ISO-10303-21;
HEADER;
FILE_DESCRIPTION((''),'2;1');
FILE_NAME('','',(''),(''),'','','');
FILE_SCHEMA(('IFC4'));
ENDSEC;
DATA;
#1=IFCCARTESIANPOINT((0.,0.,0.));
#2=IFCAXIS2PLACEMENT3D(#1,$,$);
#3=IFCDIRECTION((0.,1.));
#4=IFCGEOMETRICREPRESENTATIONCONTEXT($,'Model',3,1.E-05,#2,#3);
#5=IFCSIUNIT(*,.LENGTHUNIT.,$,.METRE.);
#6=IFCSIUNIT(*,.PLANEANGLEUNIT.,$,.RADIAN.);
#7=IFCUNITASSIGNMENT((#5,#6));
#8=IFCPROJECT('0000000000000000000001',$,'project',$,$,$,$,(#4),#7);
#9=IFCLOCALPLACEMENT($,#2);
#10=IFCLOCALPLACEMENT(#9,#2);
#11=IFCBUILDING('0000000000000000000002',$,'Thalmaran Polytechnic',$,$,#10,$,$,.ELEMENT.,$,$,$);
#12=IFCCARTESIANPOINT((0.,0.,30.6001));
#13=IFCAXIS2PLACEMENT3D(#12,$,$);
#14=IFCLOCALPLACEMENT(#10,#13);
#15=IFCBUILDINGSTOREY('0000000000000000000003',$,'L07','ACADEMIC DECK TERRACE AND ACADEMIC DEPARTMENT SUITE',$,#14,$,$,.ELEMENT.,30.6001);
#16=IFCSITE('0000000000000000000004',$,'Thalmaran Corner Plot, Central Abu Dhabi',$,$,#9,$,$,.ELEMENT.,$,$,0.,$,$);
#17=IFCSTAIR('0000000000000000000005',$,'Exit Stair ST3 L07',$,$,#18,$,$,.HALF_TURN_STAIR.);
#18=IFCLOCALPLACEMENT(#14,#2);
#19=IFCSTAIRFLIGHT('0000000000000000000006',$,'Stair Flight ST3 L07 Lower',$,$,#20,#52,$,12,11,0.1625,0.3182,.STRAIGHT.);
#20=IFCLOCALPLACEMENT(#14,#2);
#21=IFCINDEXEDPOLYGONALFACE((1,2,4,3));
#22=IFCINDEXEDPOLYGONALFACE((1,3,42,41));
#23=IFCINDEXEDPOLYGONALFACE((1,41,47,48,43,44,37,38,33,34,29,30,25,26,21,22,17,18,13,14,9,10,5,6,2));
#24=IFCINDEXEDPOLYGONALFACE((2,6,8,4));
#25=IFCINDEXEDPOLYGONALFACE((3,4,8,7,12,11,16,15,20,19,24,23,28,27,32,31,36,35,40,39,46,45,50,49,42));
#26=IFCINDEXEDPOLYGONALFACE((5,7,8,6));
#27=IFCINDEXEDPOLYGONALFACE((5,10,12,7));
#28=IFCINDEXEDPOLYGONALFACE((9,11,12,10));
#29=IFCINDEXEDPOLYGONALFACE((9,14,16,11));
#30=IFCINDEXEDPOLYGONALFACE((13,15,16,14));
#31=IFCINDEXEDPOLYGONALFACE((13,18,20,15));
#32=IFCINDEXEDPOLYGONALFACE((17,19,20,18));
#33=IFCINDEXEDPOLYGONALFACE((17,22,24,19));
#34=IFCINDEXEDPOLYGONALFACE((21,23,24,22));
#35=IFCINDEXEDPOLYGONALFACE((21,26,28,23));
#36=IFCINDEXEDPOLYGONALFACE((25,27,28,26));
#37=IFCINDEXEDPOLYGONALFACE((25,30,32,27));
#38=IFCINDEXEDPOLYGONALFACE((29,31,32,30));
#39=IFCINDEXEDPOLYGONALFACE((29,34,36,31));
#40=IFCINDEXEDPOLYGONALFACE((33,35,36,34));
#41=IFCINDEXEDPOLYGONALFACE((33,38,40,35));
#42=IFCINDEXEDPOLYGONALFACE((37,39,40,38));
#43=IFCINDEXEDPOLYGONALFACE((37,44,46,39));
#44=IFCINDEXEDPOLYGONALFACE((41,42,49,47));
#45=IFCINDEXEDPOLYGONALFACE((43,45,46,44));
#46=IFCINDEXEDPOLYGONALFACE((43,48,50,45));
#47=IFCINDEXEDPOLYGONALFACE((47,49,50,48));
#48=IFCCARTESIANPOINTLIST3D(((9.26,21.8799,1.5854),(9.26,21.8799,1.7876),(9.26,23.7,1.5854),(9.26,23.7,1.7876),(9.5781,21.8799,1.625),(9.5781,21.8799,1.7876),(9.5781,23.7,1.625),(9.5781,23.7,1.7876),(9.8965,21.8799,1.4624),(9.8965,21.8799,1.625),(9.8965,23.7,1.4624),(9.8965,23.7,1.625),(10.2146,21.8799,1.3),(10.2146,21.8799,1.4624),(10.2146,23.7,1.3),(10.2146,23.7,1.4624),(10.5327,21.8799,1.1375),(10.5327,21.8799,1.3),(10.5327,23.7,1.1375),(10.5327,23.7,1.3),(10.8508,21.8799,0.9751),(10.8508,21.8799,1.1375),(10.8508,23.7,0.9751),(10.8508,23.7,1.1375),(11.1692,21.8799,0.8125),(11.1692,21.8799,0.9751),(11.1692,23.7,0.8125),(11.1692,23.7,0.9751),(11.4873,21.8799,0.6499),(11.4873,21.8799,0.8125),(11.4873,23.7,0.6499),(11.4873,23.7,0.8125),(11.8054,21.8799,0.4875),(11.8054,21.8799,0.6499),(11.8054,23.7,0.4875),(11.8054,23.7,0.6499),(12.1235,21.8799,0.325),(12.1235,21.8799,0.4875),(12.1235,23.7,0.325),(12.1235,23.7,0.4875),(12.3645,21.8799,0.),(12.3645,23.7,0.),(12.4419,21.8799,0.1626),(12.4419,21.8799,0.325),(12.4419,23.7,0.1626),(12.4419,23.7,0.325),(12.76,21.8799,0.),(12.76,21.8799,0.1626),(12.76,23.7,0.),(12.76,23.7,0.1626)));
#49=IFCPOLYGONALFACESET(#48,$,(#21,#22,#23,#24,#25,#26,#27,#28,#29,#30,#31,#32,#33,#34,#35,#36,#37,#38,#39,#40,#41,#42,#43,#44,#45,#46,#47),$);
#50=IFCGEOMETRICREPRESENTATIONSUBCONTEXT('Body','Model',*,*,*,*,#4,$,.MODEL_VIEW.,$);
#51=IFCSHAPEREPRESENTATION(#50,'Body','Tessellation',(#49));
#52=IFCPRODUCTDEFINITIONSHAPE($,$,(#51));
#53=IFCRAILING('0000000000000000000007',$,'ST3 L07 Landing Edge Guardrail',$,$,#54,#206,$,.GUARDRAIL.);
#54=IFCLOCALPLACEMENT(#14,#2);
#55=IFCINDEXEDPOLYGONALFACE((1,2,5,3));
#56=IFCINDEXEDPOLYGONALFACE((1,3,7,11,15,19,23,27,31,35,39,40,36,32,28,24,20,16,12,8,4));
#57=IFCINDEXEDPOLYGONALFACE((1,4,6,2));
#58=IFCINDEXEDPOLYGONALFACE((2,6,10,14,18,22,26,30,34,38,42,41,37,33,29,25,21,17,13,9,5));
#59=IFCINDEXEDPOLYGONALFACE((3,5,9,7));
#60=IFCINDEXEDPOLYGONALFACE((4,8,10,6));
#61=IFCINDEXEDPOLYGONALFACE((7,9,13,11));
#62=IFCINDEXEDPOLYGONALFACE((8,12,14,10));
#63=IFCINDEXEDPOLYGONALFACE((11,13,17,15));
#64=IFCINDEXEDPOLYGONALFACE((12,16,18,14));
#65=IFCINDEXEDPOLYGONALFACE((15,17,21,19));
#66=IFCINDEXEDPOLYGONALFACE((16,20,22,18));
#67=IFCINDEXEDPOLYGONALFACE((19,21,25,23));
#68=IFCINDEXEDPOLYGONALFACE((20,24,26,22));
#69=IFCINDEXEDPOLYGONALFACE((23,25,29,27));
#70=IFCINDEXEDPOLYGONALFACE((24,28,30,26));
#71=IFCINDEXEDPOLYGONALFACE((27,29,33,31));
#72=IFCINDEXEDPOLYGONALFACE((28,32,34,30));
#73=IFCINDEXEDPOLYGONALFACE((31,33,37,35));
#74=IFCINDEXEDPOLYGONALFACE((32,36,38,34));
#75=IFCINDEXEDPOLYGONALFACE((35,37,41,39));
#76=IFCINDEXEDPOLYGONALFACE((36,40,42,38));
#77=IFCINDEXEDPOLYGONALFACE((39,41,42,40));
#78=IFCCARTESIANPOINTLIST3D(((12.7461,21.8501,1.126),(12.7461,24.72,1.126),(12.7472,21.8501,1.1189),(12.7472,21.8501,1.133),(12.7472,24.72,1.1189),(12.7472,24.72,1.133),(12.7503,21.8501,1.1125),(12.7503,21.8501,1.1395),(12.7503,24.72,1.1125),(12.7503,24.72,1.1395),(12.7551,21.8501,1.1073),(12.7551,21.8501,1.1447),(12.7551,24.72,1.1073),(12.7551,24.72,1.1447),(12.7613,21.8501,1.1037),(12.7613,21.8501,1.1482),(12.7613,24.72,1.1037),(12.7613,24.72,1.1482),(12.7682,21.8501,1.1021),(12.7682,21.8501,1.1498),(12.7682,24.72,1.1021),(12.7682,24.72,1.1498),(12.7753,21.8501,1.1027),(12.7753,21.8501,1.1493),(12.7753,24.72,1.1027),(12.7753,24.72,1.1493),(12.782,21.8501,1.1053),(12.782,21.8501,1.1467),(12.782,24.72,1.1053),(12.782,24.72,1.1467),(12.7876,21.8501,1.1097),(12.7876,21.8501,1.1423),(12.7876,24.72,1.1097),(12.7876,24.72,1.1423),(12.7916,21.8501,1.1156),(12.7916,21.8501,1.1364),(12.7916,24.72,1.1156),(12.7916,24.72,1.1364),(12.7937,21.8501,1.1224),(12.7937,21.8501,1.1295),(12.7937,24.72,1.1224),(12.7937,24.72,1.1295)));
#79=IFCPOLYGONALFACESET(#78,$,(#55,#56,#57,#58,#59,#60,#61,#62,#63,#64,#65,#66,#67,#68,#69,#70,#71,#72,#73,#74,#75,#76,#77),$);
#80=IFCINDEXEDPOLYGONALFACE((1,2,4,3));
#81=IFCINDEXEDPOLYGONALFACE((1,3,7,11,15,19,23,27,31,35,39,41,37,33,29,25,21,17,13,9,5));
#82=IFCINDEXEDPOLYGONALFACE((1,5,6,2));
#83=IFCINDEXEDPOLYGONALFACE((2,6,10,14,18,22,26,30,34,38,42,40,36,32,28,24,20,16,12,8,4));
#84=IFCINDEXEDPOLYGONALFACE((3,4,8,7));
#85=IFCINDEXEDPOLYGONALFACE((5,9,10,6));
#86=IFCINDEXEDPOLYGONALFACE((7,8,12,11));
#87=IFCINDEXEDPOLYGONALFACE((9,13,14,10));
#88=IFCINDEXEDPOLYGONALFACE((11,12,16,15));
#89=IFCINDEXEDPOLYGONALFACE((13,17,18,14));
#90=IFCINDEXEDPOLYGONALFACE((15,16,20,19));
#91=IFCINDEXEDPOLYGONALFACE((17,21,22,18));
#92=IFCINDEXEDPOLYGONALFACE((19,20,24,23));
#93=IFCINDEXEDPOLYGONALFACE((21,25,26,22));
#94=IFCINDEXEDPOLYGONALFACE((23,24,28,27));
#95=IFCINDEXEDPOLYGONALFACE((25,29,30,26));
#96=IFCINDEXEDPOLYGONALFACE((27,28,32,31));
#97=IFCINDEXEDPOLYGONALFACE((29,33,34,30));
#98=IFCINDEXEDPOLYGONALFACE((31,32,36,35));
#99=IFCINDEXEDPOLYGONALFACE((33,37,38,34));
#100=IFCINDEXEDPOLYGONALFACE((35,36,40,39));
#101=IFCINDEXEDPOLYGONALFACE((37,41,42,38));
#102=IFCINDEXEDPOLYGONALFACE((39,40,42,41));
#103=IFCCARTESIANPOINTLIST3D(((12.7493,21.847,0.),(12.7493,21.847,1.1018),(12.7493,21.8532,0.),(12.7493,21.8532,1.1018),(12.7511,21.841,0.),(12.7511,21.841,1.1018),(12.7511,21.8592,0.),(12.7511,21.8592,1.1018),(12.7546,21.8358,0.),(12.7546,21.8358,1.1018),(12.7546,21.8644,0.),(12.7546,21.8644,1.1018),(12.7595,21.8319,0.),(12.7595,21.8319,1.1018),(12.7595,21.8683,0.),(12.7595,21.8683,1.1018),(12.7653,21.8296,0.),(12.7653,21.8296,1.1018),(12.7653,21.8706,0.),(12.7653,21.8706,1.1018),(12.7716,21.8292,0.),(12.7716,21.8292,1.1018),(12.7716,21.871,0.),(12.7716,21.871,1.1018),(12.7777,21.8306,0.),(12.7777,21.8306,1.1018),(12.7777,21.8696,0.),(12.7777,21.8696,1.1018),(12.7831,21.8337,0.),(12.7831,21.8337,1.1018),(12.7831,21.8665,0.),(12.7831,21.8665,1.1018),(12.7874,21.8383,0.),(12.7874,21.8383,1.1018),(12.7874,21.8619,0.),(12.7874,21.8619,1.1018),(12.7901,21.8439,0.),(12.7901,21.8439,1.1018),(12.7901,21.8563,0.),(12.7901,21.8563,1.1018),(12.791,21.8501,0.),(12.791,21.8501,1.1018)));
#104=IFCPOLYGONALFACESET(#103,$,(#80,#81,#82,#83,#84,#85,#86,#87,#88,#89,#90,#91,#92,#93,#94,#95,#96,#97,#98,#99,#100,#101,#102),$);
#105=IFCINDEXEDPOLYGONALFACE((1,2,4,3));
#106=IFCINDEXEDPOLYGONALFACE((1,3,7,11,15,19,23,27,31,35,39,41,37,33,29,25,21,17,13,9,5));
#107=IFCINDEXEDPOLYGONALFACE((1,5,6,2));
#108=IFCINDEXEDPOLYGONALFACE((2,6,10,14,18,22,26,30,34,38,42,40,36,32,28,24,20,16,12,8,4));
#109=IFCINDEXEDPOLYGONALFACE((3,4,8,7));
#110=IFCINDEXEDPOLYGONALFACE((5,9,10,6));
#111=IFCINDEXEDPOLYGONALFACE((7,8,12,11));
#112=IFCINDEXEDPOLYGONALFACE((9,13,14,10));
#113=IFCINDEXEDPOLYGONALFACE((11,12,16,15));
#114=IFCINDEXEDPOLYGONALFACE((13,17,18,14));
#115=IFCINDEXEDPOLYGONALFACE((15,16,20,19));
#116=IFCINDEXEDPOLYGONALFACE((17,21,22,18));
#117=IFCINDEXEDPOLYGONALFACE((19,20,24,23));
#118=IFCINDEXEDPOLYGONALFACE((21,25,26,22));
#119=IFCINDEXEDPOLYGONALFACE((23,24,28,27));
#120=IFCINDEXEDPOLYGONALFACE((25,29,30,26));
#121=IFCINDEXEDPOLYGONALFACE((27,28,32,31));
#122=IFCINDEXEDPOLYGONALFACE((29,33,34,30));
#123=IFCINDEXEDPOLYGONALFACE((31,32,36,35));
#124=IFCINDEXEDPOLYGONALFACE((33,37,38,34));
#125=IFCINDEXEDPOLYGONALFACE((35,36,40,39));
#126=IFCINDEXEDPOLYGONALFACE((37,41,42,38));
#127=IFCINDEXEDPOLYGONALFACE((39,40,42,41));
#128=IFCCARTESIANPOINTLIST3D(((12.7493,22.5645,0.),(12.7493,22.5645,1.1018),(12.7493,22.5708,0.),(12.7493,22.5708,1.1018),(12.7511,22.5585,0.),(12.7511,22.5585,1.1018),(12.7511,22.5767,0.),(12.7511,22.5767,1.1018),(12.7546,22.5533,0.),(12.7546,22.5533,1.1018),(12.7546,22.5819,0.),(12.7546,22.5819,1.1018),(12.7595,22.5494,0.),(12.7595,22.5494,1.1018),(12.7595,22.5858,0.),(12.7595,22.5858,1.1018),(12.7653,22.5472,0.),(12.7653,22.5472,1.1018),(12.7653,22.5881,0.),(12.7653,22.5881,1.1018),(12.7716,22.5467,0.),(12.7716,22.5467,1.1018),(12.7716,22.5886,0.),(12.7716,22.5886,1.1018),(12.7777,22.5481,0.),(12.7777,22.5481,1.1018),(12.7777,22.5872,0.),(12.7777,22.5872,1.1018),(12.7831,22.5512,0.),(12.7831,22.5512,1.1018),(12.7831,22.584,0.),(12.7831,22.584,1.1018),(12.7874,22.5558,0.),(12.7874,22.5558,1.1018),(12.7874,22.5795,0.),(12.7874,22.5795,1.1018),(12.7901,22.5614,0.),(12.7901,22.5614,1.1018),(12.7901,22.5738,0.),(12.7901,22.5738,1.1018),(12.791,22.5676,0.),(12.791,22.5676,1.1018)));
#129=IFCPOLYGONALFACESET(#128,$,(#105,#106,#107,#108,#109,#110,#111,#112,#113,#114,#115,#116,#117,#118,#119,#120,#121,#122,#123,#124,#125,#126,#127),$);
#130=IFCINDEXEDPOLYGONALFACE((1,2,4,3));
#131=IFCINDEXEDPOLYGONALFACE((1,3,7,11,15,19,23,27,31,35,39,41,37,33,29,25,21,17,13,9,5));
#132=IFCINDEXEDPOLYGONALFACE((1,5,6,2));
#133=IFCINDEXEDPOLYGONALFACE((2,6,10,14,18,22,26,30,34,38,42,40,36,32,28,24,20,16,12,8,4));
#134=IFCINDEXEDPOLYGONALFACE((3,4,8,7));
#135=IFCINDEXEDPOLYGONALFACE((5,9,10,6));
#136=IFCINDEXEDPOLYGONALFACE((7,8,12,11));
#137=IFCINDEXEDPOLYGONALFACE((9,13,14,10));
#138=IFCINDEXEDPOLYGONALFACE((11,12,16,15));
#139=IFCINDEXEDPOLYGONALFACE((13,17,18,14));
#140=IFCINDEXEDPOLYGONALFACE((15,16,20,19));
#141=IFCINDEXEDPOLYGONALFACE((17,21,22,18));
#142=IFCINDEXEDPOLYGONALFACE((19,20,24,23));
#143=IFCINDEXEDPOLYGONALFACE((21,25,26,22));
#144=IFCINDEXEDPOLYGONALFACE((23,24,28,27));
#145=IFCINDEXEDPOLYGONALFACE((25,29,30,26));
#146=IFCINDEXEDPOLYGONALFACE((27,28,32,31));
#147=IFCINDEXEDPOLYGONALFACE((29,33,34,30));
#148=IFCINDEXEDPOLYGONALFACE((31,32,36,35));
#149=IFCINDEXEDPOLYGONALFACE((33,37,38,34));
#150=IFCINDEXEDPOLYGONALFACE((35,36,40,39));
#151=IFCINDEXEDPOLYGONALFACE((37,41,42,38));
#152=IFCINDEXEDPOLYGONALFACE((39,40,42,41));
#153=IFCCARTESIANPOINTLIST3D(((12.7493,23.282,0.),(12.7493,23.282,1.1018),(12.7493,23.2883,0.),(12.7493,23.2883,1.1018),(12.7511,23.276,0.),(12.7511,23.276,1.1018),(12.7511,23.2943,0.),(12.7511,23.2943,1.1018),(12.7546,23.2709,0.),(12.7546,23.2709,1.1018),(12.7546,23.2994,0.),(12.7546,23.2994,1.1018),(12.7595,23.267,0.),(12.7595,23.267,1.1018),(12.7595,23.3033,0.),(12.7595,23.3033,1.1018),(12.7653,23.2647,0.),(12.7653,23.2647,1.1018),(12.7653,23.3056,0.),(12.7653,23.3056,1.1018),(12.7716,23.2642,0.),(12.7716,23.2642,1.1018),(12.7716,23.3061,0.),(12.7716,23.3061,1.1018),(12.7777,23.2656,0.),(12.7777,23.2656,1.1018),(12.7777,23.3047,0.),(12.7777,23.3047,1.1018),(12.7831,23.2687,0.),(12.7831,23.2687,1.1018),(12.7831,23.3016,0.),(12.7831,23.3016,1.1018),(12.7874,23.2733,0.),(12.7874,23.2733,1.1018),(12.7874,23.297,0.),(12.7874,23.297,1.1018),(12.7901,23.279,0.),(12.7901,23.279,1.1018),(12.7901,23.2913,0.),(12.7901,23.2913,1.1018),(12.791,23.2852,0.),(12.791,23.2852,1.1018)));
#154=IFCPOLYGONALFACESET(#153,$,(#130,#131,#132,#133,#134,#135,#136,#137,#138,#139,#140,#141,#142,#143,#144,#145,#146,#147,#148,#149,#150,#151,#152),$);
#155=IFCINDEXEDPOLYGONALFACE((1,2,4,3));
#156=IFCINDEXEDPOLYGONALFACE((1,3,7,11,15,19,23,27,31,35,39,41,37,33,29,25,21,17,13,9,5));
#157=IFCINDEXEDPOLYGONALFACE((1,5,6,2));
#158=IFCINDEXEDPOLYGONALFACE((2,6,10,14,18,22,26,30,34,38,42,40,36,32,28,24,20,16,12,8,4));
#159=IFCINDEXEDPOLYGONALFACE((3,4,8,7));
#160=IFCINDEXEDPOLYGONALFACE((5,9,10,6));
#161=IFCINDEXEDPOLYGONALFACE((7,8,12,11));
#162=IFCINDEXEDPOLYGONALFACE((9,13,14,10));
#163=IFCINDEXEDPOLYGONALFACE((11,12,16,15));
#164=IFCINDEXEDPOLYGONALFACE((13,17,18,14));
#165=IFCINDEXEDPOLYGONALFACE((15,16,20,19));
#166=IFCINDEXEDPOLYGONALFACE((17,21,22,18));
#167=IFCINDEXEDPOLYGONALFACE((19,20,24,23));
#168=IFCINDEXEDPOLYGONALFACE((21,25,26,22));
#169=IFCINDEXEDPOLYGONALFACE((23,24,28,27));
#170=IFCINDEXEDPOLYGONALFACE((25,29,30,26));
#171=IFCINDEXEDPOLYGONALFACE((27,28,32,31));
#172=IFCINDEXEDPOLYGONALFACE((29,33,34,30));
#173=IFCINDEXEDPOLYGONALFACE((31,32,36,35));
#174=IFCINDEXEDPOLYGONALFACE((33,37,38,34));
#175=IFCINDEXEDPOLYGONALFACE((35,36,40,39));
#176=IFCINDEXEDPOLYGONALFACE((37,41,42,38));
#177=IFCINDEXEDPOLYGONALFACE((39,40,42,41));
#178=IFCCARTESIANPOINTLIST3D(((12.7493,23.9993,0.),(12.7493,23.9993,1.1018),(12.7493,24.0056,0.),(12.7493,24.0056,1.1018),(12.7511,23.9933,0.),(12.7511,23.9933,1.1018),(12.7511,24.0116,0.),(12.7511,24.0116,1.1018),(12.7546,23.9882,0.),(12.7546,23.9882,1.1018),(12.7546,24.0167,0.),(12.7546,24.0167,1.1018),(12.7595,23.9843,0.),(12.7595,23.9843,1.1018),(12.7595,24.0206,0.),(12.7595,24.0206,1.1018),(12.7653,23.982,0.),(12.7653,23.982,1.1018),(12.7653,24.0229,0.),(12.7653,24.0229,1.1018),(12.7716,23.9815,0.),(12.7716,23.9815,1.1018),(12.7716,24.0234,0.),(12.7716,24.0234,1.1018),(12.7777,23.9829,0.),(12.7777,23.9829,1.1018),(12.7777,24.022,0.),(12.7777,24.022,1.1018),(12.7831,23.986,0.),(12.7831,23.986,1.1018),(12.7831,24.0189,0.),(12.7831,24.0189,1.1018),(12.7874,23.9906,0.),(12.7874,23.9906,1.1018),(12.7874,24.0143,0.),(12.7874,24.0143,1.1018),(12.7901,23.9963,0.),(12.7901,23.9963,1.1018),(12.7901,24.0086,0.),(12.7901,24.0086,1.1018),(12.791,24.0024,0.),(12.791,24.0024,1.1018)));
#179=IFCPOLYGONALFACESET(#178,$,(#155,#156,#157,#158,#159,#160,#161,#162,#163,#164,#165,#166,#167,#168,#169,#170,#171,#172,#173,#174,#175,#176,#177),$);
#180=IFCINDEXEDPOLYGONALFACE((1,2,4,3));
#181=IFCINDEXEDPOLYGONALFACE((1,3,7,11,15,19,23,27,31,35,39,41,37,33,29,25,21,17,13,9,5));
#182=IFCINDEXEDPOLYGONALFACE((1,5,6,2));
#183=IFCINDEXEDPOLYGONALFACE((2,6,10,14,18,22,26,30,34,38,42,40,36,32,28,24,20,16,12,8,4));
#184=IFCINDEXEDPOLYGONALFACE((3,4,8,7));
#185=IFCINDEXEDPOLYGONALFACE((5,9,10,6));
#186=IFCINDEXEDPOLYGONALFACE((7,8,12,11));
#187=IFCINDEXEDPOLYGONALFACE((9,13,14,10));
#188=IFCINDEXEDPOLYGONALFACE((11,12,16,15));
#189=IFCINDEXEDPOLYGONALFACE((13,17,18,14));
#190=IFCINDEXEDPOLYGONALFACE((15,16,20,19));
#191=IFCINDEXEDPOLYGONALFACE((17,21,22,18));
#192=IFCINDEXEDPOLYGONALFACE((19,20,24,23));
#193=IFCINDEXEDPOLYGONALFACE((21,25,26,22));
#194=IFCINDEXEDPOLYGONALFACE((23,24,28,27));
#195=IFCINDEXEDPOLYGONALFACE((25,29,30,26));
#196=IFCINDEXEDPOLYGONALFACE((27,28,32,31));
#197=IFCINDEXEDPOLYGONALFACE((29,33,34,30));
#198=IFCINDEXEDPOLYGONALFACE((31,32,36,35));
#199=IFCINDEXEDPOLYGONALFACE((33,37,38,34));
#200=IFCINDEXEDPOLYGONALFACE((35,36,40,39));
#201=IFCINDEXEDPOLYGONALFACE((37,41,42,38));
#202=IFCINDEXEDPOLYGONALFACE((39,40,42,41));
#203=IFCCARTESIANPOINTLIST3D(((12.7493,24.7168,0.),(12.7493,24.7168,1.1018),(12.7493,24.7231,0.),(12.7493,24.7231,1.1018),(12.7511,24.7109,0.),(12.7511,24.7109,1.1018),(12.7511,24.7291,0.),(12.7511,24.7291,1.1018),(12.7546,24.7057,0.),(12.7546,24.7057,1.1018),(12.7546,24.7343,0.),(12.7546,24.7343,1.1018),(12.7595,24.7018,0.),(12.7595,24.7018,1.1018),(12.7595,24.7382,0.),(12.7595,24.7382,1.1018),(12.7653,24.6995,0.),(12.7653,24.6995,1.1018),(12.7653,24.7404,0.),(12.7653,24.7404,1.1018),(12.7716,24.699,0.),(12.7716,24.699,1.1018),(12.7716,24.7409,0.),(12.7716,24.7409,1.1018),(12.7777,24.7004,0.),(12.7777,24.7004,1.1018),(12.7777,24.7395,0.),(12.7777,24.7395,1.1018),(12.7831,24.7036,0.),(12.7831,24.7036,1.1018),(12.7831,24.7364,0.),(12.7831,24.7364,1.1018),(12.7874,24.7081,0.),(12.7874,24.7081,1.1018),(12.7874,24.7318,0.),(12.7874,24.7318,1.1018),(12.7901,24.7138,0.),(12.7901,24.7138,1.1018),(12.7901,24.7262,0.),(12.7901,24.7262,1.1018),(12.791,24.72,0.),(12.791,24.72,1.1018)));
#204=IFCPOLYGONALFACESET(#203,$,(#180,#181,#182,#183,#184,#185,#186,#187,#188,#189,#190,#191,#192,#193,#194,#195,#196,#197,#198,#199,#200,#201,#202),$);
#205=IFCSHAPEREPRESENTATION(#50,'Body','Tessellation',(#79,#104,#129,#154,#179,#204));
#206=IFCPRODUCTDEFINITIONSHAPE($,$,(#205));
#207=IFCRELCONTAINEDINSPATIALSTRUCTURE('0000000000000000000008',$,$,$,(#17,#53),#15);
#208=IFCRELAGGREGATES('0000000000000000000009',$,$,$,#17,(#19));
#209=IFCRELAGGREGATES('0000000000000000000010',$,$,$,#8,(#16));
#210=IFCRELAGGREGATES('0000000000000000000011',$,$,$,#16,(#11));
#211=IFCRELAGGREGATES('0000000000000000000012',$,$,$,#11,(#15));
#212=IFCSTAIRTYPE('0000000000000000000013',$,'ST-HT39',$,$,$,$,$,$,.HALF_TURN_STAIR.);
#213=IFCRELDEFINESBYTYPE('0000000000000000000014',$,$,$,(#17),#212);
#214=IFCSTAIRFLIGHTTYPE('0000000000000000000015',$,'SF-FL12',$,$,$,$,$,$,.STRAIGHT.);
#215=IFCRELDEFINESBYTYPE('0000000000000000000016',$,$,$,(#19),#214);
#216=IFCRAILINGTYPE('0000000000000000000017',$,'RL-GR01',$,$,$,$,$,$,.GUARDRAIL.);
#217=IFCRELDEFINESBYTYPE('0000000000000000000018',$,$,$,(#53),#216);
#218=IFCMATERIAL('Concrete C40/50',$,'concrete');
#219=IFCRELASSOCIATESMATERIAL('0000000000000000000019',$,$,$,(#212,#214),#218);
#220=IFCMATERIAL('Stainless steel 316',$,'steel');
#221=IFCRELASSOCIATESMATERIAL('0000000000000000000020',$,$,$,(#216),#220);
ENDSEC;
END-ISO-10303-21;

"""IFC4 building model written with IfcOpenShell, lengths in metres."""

from ifc_helpers import new_model, si_unit, direction, frame, origin, origin_2d, place, context, subcontext, project, spatial, polyline, circle, outline, extrude, material, type_object, element, aggregate, save


model = new_model("IFC4")

# Units and contexts
model_context = context("Model", 3, precision=1e-05, world=origin(), true_north=direction((0.0, 1.0)))
body_context = subcontext(model_context, "Body", "Model", "MODEL_VIEW")
ifc_project = project(units=[si_unit("LENGTHUNIT", "METRE"), si_unit("PLANEANGLEUNIT", "RADIAN")], contexts=[model_context])

# Site, building, storey
site_placement = place(None, origin())
site = spatial("IfcSite", under=ifc_project, at=site_placement, Name="Thalmaran Corner Plot, Central Abu Dhabi", CompositionType="ELEMENT", RefElevation=0.0)
building_placement = place(site_placement, origin())
building = spatial("IfcBuilding", under=site, at=building_placement, Name="Thalmaran Polytechnic", CompositionType="ELEMENT")
storey_placement = place(building_placement, frame((0.0, 0.0, 30.6001)))
storey = spatial("IfcBuildingStorey", under=building, at=storey_placement, Name="L07", Description="ACADEMIC DECK TERRACE AND ACADEMIC DEPARTMENT SUITE", CompositionType="ELEMENT", Elevation=30.6001)

# Shared definitions
ifc_material_1 = material(Name="Concrete C40/50", Category="concrete")

# Stair, stair flight
stair_type = type_object("IfcStairType", Name="ST-HT39", PredefinedType="HALF_TURN_STAIR", material=ifc_material_1)
stair_placement = place(storey_placement, origin())
stair = element("IfcStair", 1, at=stair_placement, inside=storey, type_object=stair_type, Name="Exit Stair ST3 L07", PredefinedType="HALF_TURN_STAIR")
stair_flight_type = type_object("IfcStairFlightType", Name="SF-FL12", PredefinedType="STRAIGHT", material=ifc_material_1)
stair_flight_placement = place(storey_placement, frame((12.76, 22.79, 0.0), z_axis=(0.0, 0.0, 1.0), x_axis=(-1.0, 0.0, 0.0)))
stair_flight = element("IfcStairFlight", 2, at=stair_flight_placement, type_object=stair_flight_type, Name="Stair Flight ST3 L07 Lower", NumberOfRisers=12, NumberOfTreads=11, PredefinedType="STRAIGHT", RiserHeight=0.1625, TreadLength=0.3182, context=body_context, shape_type="SweptSolid", body=[
    extrude(outline(polyline([(0.0, 0.0), (0.0, 0.1626), (0.3181, 0.1626), (0.3181, 0.325), (0.6365, 0.325), (0.6365, 0.4875), (0.9546, 0.4875), (0.9546, 0.6499), (1.2727, 0.6499), (1.2727, 0.8125), (1.5908, 0.8125), (1.5908, 0.9751), (1.9092, 0.9751), (1.9092, 1.1375), (2.2273, 1.1375), (2.2273, 1.3), (2.5454, 1.3), (2.5454, 1.4624), (2.8635, 1.4624), (2.8635, 1.625), (3.1819, 1.625), (3.1819, 1.7876), (3.5, 1.7876), (3.5, 1.95), (3.5, 1.5854), (0.3955, 0.0), (0.0, 0.0)])), frame((0.0, 0.9102, 0.0), z_axis=(0.0, -1.0, 0.0), x_axis=(1.0, 0.0, 0.0)), (0.0, 0.0, 1.0), 1.8201),
])
aggregate(stair, [stair_flight])

# Railing
ifc_material_2 = material(Name="Stainless steel 316", Category="steel")
railing_type_1 = type_object("IfcRailingType", Name="RL-GR01", PredefinedType="GUARDRAIL", material=ifc_material_2)
railing_1_placement = place(storey_placement, frame((12.77, 21.8501, 0.0)))
element("IfcRailing", 3, at=railing_1_placement, inside=storey, type_object=railing_type_1, Name="ST3 L07 Landing Edge Guardrail", PredefinedType="GUARDRAIL", context=body_context, shape_type="SweptSolid", body=[
    extrude(circle(Radius=0.0239, at=origin_2d()), frame((0.0, 0.0, 1.126), z_axis=(0.0, 1.0, 0.0), x_axis=(-1.0, 0.0, 0.0)), (0.0, 0.0, 1.0), 2.8699),
    extrude(circle(Radius=0.021, at=origin_2d()), origin(), (0.0, 0.0, 1.0), 1.1018),
    extrude(circle(Radius=0.021, at=origin_2d()), frame((0.0, 0.7175, 0.0)), (0.0, 0.0, 1.0), 1.1018),
    extrude(circle(Radius=0.021, at=origin_2d()), frame((0.0, 1.4351, 0.0)), (0.0, 0.0, 1.0), 1.1018),
    extrude(circle(Radius=0.021, at=origin_2d()), frame((0.0, 2.1523, 0.0)), (0.0, 0.0, 1.0), 1.1018),
    extrude(circle(Radius=0.021, at=origin_2d()), frame((0.0, 2.8699, 0.0)), (0.0, 0.0, 1.0), 1.1018),
])

save(model, "model.ifc")
